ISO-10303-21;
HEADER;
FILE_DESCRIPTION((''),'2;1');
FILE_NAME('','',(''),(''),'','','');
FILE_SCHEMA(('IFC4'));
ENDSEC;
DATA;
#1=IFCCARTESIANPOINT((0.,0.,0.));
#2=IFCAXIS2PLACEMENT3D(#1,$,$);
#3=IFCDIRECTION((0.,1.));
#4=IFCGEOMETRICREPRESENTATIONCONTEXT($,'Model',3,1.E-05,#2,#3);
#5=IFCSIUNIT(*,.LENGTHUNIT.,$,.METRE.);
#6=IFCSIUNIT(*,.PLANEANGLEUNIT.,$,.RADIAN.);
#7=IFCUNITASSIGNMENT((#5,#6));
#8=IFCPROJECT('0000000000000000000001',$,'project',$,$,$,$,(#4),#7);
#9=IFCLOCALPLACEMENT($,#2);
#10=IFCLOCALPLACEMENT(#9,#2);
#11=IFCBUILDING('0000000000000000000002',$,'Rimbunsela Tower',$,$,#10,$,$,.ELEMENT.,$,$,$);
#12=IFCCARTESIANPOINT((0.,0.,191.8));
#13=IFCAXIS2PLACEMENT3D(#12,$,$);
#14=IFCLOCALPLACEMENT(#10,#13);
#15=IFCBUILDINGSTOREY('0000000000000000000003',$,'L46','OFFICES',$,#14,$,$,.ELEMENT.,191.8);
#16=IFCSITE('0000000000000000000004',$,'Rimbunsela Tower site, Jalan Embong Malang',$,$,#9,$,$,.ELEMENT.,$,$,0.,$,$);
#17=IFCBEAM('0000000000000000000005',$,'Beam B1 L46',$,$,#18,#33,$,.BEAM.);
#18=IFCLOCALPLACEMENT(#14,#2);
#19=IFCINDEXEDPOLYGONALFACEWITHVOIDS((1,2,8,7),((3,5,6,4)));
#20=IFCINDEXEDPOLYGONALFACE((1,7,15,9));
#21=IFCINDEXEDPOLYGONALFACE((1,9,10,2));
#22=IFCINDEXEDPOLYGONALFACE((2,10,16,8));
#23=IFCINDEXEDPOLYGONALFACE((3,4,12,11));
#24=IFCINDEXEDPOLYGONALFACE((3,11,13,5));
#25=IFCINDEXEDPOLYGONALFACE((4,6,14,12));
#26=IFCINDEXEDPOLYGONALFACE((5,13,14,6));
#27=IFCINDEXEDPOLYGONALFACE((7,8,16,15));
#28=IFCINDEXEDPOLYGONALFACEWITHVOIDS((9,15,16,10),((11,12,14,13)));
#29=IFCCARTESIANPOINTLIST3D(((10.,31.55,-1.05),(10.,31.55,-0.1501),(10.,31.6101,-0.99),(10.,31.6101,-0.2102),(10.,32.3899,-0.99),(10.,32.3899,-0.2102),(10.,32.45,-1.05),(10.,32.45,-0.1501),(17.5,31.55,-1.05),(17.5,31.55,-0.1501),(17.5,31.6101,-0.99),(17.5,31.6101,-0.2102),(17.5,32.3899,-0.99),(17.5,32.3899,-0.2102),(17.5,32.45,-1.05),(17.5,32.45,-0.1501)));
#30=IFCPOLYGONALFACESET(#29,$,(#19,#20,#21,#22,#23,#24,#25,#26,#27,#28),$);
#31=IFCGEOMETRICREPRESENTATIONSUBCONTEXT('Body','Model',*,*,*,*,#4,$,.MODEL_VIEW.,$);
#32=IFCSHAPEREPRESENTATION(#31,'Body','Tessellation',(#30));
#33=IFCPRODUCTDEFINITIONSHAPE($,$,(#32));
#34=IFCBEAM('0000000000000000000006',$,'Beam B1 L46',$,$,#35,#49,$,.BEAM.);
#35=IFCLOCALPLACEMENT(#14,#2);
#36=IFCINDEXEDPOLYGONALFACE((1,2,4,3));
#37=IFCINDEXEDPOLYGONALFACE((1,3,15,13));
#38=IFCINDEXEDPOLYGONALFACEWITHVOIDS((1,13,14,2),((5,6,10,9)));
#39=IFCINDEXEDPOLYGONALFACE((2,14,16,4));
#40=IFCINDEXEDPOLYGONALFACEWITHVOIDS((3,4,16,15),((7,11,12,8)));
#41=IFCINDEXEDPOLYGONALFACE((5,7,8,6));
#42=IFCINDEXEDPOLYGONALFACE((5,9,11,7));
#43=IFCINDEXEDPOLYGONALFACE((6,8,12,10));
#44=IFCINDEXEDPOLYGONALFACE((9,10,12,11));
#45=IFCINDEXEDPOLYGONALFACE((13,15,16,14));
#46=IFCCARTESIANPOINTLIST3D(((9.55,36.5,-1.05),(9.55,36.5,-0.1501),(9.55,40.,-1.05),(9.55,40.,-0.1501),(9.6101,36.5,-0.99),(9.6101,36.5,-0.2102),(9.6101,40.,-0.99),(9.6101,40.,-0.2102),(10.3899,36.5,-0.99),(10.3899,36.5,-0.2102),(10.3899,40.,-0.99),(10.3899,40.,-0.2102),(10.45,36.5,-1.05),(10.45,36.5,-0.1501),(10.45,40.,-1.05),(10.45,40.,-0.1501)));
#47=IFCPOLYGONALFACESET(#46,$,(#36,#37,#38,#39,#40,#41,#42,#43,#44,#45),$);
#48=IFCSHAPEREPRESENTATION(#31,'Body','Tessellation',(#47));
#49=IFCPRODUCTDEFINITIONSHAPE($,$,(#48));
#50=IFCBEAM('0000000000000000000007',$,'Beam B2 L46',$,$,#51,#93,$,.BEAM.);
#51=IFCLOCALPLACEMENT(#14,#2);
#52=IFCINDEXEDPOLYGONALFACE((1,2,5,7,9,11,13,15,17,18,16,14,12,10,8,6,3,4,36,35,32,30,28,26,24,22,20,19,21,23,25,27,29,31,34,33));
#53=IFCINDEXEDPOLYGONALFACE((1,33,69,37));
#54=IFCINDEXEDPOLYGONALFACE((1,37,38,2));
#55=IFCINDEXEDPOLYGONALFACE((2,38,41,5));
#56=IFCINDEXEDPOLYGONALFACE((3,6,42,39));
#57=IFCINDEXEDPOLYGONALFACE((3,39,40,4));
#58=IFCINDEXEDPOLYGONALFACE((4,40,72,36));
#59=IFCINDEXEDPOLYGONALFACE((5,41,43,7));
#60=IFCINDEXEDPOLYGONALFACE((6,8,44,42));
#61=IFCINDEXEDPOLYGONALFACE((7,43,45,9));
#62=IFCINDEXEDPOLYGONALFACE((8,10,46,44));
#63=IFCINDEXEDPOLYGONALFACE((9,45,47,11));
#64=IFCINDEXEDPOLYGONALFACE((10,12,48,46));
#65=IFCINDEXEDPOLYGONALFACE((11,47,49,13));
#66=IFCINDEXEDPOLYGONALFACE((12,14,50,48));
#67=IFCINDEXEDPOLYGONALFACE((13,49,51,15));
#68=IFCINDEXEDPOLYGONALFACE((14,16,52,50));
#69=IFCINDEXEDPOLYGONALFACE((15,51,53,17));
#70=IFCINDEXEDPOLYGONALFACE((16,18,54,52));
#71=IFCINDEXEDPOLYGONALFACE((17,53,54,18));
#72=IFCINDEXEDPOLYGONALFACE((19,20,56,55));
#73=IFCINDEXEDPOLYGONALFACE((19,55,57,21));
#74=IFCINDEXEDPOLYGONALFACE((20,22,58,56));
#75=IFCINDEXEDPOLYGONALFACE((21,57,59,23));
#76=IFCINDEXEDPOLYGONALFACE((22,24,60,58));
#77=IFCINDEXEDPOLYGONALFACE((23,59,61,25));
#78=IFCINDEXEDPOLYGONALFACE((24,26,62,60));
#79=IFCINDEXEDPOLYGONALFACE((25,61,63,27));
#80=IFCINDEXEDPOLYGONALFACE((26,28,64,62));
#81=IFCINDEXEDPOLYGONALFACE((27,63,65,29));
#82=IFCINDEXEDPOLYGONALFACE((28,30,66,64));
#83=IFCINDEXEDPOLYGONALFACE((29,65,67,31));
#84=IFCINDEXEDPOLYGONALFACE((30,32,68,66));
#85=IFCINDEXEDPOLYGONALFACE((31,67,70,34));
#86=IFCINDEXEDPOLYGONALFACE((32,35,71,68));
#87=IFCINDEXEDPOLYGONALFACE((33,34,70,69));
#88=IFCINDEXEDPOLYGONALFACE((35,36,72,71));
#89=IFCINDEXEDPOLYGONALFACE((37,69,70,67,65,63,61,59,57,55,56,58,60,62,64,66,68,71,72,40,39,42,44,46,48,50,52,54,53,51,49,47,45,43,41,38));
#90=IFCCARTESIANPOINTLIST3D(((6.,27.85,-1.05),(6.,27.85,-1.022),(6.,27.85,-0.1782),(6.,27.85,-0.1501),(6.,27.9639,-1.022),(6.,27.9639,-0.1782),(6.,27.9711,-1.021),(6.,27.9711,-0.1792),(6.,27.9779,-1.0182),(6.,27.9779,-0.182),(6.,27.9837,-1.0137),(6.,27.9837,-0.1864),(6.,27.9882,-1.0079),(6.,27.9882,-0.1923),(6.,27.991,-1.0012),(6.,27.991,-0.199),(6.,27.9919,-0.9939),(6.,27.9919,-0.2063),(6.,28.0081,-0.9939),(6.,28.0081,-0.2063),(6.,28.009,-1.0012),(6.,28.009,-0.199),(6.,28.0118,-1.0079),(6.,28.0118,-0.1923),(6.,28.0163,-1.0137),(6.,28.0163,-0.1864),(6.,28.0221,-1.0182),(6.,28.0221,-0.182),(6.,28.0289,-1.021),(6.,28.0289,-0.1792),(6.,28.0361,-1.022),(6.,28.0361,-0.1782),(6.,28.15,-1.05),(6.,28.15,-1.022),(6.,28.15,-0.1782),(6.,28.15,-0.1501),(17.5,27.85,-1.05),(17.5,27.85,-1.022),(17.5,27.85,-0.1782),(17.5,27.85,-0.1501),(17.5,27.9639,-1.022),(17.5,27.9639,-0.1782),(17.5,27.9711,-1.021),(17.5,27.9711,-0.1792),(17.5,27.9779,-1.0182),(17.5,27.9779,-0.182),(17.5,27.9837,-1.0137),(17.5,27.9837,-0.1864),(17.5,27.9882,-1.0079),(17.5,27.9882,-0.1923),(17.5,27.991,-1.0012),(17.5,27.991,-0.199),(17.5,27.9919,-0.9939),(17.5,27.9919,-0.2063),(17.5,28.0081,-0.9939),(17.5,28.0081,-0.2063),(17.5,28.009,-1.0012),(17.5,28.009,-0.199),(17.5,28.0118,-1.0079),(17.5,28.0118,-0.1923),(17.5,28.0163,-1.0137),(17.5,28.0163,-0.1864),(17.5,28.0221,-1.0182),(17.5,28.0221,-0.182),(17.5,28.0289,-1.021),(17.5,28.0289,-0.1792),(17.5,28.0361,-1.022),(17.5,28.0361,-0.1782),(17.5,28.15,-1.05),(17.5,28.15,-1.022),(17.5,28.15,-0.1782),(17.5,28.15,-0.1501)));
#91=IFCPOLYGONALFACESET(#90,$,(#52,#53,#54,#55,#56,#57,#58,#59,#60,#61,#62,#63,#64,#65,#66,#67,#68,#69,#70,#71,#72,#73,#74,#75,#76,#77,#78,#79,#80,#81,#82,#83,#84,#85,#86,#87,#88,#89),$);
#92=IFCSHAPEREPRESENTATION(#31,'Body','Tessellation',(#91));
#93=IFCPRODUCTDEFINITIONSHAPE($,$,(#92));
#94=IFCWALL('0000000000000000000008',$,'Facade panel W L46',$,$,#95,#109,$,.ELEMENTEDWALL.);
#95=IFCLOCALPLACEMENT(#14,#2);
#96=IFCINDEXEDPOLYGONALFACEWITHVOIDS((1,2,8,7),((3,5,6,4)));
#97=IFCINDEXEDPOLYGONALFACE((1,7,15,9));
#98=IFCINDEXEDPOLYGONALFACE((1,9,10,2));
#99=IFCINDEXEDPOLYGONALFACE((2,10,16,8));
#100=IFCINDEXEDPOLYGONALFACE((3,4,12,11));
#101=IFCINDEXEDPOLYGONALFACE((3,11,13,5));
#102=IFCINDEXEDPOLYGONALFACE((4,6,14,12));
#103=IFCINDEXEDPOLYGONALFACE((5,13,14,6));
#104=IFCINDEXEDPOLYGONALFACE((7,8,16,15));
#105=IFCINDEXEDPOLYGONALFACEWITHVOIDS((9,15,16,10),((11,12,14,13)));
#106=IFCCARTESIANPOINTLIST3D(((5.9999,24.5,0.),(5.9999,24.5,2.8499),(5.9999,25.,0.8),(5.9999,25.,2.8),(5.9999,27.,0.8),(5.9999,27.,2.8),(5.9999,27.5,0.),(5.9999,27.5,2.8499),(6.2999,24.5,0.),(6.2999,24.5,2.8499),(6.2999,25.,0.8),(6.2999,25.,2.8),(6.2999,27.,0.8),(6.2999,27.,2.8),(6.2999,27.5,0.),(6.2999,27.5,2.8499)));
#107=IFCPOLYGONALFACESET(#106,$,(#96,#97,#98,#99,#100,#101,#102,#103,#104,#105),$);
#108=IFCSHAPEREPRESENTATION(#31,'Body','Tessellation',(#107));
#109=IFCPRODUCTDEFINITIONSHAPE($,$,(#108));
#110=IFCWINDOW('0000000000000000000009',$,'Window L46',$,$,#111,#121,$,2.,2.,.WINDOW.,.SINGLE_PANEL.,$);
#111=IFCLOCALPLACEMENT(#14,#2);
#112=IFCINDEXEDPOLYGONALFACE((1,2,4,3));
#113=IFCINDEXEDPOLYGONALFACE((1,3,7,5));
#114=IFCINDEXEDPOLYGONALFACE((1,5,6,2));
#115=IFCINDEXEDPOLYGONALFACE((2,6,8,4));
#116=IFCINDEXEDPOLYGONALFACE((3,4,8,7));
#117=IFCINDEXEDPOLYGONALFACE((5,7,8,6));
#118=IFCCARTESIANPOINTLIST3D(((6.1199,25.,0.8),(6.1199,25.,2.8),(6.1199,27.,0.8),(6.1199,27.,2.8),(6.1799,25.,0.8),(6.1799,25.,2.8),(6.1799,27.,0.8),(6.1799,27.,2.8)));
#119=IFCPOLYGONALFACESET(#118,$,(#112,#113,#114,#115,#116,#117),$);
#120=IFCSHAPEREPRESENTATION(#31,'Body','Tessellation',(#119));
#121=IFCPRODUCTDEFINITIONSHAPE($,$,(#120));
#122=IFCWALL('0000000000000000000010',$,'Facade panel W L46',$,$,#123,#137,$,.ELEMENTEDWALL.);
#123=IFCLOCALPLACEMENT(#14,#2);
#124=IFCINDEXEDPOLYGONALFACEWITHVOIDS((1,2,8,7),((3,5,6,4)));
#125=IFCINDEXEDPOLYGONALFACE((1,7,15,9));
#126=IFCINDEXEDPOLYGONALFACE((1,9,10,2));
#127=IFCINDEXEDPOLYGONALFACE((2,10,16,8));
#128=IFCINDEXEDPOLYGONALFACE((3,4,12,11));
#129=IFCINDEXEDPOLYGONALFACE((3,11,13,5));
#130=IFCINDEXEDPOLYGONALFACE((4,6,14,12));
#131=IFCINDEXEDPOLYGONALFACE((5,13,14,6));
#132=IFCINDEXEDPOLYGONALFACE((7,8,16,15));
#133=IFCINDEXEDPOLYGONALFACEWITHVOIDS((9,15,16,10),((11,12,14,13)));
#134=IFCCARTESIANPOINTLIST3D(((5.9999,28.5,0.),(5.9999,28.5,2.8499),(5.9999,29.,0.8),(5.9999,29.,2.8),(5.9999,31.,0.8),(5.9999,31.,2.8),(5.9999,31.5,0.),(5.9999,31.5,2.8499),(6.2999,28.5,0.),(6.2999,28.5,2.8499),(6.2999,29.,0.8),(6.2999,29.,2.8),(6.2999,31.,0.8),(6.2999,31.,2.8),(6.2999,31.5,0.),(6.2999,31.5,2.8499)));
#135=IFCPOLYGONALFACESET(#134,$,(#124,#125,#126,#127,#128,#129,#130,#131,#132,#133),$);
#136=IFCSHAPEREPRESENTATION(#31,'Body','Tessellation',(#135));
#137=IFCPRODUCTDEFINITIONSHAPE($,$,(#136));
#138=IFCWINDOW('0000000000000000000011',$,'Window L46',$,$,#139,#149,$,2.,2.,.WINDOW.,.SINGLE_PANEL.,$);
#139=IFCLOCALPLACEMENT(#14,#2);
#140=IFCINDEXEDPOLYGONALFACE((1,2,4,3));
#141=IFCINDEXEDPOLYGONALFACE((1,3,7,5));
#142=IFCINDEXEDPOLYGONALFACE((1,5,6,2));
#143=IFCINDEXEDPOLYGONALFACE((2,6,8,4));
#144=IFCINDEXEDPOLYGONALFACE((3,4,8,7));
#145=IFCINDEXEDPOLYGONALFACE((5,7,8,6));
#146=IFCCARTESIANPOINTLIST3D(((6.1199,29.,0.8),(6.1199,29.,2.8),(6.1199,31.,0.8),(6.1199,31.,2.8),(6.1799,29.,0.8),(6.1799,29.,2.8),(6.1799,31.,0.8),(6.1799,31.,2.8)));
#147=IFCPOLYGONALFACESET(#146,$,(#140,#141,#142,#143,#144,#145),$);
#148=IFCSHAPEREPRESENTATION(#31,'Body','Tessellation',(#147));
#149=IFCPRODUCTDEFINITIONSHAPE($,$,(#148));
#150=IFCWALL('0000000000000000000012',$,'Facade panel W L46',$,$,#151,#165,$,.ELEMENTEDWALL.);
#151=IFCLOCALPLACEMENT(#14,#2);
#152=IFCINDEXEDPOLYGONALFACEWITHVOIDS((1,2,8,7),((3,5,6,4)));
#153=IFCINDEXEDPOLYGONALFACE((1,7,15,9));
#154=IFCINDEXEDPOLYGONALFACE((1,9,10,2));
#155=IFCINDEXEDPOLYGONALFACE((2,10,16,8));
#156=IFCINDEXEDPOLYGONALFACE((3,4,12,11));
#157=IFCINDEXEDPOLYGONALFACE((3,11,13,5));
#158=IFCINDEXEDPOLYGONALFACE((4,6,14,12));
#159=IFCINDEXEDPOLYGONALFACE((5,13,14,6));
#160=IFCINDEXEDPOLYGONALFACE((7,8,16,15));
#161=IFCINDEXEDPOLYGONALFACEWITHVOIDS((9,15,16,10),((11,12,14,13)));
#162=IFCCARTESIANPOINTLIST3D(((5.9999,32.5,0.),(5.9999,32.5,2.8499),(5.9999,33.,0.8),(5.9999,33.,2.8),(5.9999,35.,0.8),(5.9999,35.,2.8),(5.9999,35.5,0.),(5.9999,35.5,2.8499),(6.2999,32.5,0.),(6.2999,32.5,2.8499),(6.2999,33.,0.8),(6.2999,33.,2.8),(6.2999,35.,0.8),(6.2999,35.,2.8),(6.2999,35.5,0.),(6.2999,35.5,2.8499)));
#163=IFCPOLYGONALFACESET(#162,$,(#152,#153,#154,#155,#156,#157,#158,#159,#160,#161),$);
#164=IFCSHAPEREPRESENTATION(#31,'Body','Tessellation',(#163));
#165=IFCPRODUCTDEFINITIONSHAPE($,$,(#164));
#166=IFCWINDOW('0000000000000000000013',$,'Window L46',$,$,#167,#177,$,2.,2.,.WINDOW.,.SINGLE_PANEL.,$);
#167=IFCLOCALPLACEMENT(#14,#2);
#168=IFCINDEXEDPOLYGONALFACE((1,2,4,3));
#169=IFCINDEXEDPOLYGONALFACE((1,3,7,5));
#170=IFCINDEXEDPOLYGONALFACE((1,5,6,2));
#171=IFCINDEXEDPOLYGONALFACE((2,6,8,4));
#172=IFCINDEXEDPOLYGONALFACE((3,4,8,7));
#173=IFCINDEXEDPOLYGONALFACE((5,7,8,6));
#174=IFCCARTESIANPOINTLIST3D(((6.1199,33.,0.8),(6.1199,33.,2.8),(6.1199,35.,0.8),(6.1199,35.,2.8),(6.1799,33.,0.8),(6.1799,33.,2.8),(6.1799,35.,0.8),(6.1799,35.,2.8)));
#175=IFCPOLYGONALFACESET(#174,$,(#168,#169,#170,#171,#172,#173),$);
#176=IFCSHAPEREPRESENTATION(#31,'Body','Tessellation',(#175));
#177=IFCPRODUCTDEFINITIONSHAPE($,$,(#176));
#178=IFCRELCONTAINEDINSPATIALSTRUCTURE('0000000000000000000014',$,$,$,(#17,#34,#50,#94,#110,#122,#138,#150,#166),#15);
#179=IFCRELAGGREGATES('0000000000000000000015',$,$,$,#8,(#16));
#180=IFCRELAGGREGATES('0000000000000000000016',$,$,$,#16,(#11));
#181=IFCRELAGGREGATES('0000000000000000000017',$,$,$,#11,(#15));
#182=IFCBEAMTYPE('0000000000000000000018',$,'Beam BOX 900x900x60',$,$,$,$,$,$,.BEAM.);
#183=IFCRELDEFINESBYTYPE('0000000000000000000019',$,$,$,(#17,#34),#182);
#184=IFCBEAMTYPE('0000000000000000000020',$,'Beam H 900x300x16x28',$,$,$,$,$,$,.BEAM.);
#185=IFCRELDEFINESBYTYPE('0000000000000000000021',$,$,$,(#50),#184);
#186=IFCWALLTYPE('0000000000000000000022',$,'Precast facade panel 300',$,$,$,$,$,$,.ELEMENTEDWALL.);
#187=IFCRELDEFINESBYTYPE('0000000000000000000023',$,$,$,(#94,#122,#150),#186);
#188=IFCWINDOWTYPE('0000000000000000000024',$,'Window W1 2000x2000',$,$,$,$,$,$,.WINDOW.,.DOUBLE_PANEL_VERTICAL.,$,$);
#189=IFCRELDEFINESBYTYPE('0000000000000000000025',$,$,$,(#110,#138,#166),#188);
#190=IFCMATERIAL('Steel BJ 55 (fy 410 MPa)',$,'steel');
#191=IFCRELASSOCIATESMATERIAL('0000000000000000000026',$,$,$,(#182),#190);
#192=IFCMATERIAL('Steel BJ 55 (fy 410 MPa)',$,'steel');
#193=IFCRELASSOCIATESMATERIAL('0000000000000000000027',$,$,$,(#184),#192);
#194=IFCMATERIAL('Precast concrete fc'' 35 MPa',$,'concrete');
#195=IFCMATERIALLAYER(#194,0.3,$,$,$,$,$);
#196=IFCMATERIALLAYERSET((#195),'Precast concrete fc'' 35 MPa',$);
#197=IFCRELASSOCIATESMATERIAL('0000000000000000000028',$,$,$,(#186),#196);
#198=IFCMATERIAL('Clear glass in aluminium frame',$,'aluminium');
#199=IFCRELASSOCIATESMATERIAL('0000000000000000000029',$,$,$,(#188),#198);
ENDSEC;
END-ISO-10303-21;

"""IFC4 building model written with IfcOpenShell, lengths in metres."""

from ifc_helpers import new_model, si_unit, direction, frame, frame_2d, origin, origin_2d, place, context, subcontext, project, spatial, rectangle, hollow_rectangle, i_section, extrude, material, layer, layer_set, material_profile, profile_set, type_object, element, fill, save


model = new_model("IFC4")

# Units and contexts
model_context = context("Model", 3, precision=1e-05, world=origin(), true_north=direction((0.0, 1.0)))
body_context = subcontext(model_context, "Body", "Model", "MODEL_VIEW")
ifc_project = project(units=[si_unit("LENGTHUNIT", "METRE"), si_unit("PLANEANGLEUNIT", "RADIAN")], contexts=[model_context])

# Site, building, storey
site_placement = place(None, origin())
site = spatial("IfcSite", under=ifc_project, at=site_placement, Name="Rimbunsela Tower site, Jalan Embong Malang", CompositionType="ELEMENT", RefElevation=0.0)
building_placement = place(site_placement, origin())
building = spatial("IfcBuilding", under=site, at=building_placement, Name="Rimbunsela Tower", CompositionType="ELEMENT")
storey_placement = place(building_placement, frame((0.0, 0.0, 191.8)))
storey = spatial("IfcBuildingStorey", under=building, at=storey_placement, Name="L46", Description="OFFICES", CompositionType="ELEMENT", Elevation=191.8)

# Beams
ifc_material_1 = material(Name="Steel BJ 55 (fy 410 MPa)", Category="steel")
ifc_material_profile_1 = material_profile(ifc_material_1, hollow_rectangle(XDim=0.8999, YDim=0.8999, WallThickness=0.0601, at=origin_2d()), Name="BOX 900x900x60")
ifc_profile_set_1 = profile_set([ifc_material_profile_1], Name="Steel BJ 55 (fy 410 MPa)")
beam_type_1 = type_object("IfcBeamType", Name="Beam BOX 900x900x60", PredefinedType="BEAM", material=ifc_profile_set_1)
beam_1_placement = place(storey_placement, frame((10.0, 32.0, -0.6001), z_axis=(1.0, 0.0, 0.0), x_axis=(0.0, 1.0, 0.0)))
element("IfcBeam", 1, at=beam_1_placement, inside=storey, type_object=beam_type_1, Name="Beam B1 L46", PredefinedType="BEAM", context=body_context, shape_type="SweptSolid", body=[
    extrude(hollow_rectangle(XDim=0.8999, YDim=0.8999, WallThickness=0.0601, at=origin_2d()), origin(), (0.0, 0.0, 1.0), 7.5),
])
beam_2_placement = place(storey_placement, frame((10.0, 36.5, -0.6001), z_axis=(0.0, 1.0, 0.0), x_axis=(-1.0, 0.0, 0.0)))
element("IfcBeam", 2, at=beam_2_placement, inside=storey, type_object=beam_type_1, Name="Beam B1 L46", PredefinedType="BEAM", context=body_context, shape_type="SweptSolid", body=[
    extrude(hollow_rectangle(XDim=0.8999, YDim=0.8999, WallThickness=0.0601, at=origin_2d()), origin(), (0.0, 0.0, 1.0), 3.5),
])
ifc_material_2 = material(Name="Steel BJ 55 (fy 410 MPa)", Category="steel")
ifc_material_profile_2 = material_profile(ifc_material_2, i_section(OverallWidth=0.3, OverallDepth=0.8999, WebThickness=0.0161, FlangeThickness=0.0281, FilletRadius=0.0281, at=origin_2d()), Name="H 900x300x16x28")
ifc_profile_set_2 = profile_set([ifc_material_profile_2], Name="Steel BJ 55 (fy 410 MPa)")
beam_type_2 = type_object("IfcBeamType", Name="Beam H 900x300x16x28", PredefinedType="BEAM", material=ifc_profile_set_2)
beam_3_placement = place(storey_placement, frame((6.0, 28.0, -0.6001), z_axis=(1.0, 0.0, 0.0), x_axis=(0.0, 1.0, 0.0)))
element("IfcBeam", 3, at=beam_3_placement, inside=storey, type_object=beam_type_2, Name="Beam B2 L46", PredefinedType="BEAM", context=body_context, shape_type="SweptSolid", body=[
    extrude(i_section(OverallWidth=0.3, OverallDepth=0.8999, WebThickness=0.0161, FlangeThickness=0.0281, FilletRadius=0.0281, at=origin_2d()), origin(), (0.0, 0.0, 1.0), 11.5),
])

# Walls, openings, windows
ifc_material_3 = material(Name="Precast concrete fc' 35 MPa", Category="concrete")
ifc_layer_1 = layer(ifc_material_3, 0.3)
ifc_layer_set_1 = layer_set([ifc_layer_1], Name="Precast concrete fc' 35 MPa")
wall_type = type_object("IfcWallType", Name="Precast facade panel 300", PredefinedType="ELEMENTEDWALL", material=ifc_layer_set_1)
wall_1_placement = place(storey_placement, frame((6.1499, 27.5, 0.0), z_axis=(0.0, 0.0, 1.0), x_axis=(0.0, -1.0, 0.0)))
wall_1 = element("IfcWall", 4, at=wall_1_placement, inside=storey, type_object=wall_type, Name="Facade panel W L46", PredefinedType="ELEMENTEDWALL", context=body_context, shape_type="SweptSolid", body=[
    extrude(rectangle(XDim=3.0, YDim=0.3, at=frame_2d((1.5, 0.0))), origin(), (0.0, 0.0, 1.0), 2.8499),
])
opening_1_placement = place(wall_1_placement, frame((0.5, 0.0, 0.8)))
opening_1 = element("IfcOpeningElement", 5, at=opening_1_placement, cuts=wall_1, PredefinedType="OPENING", context=body_context, shape_type="SweptSolid", body=[
    extrude(rectangle(XDim=2.0, YDim=2.0, at=frame_2d((1.0, 1.0))), frame((0.0, 0.1599, 0.0), z_axis=(0.0, -1.0, 0.0), x_axis=(1.0, 0.0, 0.0)), (0.0, 0.0, 1.0), 0.3201),
])
ifc_material_4 = material(Name="Clear glass in aluminium frame", Category="aluminium")
window_type = type_object("IfcWindowType", Name="Window W1 2000x2000", PartitioningType="DOUBLE_PANEL_VERTICAL", PredefinedType="WINDOW", material=ifc_material_4)
window_1_placement = place(opening_1_placement, origin())
window_1 = element("IfcWindow", 6, at=window_1_placement, inside=storey, type_object=window_type, Name="Window L46", OverallHeight=2.0, OverallWidth=2.0, PartitioningType="SINGLE_PANEL", PredefinedType="WINDOW", context=body_context, shape_type="SweptSolid", body=[
    extrude(rectangle(XDim=2.0, YDim=2.0, at=frame_2d((1.0, 1.0))), frame((0.0, 0.03, 0.0), z_axis=(0.0, -1.0, 0.0), x_axis=(1.0, 0.0, 0.0)), (0.0, 0.0, 1.0), 0.0601),
])
fill(opening_1, window_1)
wall_2_placement = place(storey_placement, frame((6.1499, 31.5, 0.0), z_axis=(0.0, 0.0, 1.0), x_axis=(0.0, -1.0, 0.0)))
wall_2 = element("IfcWall", 7, at=wall_2_placement, inside=storey, type_object=wall_type, Name="Facade panel W L46", PredefinedType="ELEMENTEDWALL", context=body_context, shape_type="SweptSolid", body=[
    extrude(rectangle(XDim=3.0, YDim=0.3, at=frame_2d((1.5, 0.0))), origin(), (0.0, 0.0, 1.0), 2.8499),
])
opening_2_placement = place(wall_2_placement, frame((0.5, 0.0, 0.8)))
opening_2 = element("IfcOpeningElement", 8, at=opening_2_placement, cuts=wall_2, PredefinedType="OPENING", context=body_context, shape_type="SweptSolid", body=[
    extrude(rectangle(XDim=2.0, YDim=2.0, at=frame_2d((1.0, 1.0))), frame((0.0, 0.1599, 0.0), z_axis=(0.0, -1.0, 0.0), x_axis=(1.0, 0.0, 0.0)), (0.0, 0.0, 1.0), 0.3201),
])
window_2_placement = place(opening_2_placement, origin())
window_2 = element("IfcWindow", 9, at=window_2_placement, inside=storey, type_object=window_type, Name="Window L46", OverallHeight=2.0, OverallWidth=2.0, PartitioningType="SINGLE_PANEL", PredefinedType="WINDOW", context=body_context, shape_type="SweptSolid", body=[
    extrude(rectangle(XDim=2.0, YDim=2.0, at=frame_2d((1.0, 1.0))), frame((0.0, 0.03, 0.0), z_axis=(0.0, -1.0, 0.0), x_axis=(1.0, 0.0, 0.0)), (0.0, 0.0, 1.0), 0.0601),
])
fill(opening_2, window_2)
wall_3_placement = place(storey_placement, frame((6.1499, 35.5, 0.0), z_axis=(0.0, 0.0, 1.0), x_axis=(0.0, -1.0, 0.0)))
wall_3 = element("IfcWall", 10, at=wall_3_placement, inside=storey, type_object=wall_type, Name="Facade panel W L46", PredefinedType="ELEMENTEDWALL", context=body_context, shape_type="SweptSolid", body=[
    extrude(rectangle(XDim=3.0, YDim=0.3, at=frame_2d((1.5, 0.0))), origin(), (0.0, 0.0, 1.0), 2.8499),
])
opening_3_placement = place(wall_3_placement, frame((0.5, 0.0, 0.8)))
opening_3 = element("IfcOpeningElement", 11, at=opening_3_placement, cuts=wall_3, PredefinedType="OPENING", context=body_context, shape_type="SweptSolid", body=[
    extrude(rectangle(XDim=2.0, YDim=2.0, at=frame_2d((1.0, 1.0))), frame((0.0, 0.1599, 0.0), z_axis=(0.0, -1.0, 0.0), x_axis=(1.0, 0.0, 0.0)), (0.0, 0.0, 1.0), 0.3201),
])
window_3_placement = place(opening_3_placement, origin())
window_3 = element("IfcWindow", 12, at=window_3_placement, inside=storey, type_object=window_type, Name="Window L46", OverallHeight=2.0, OverallWidth=2.0, PartitioningType="SINGLE_PANEL", PredefinedType="WINDOW", context=body_context, shape_type="SweptSolid", body=[
    extrude(rectangle(XDim=2.0, YDim=2.0, at=frame_2d((1.0, 1.0))), frame((0.0, 0.03, 0.0), z_axis=(0.0, -1.0, 0.0), x_axis=(1.0, 0.0, 0.0)), (0.0, 0.0, 1.0), 0.0601),
])
fill(opening_3, window_3)

save(model, "model.ifc")
